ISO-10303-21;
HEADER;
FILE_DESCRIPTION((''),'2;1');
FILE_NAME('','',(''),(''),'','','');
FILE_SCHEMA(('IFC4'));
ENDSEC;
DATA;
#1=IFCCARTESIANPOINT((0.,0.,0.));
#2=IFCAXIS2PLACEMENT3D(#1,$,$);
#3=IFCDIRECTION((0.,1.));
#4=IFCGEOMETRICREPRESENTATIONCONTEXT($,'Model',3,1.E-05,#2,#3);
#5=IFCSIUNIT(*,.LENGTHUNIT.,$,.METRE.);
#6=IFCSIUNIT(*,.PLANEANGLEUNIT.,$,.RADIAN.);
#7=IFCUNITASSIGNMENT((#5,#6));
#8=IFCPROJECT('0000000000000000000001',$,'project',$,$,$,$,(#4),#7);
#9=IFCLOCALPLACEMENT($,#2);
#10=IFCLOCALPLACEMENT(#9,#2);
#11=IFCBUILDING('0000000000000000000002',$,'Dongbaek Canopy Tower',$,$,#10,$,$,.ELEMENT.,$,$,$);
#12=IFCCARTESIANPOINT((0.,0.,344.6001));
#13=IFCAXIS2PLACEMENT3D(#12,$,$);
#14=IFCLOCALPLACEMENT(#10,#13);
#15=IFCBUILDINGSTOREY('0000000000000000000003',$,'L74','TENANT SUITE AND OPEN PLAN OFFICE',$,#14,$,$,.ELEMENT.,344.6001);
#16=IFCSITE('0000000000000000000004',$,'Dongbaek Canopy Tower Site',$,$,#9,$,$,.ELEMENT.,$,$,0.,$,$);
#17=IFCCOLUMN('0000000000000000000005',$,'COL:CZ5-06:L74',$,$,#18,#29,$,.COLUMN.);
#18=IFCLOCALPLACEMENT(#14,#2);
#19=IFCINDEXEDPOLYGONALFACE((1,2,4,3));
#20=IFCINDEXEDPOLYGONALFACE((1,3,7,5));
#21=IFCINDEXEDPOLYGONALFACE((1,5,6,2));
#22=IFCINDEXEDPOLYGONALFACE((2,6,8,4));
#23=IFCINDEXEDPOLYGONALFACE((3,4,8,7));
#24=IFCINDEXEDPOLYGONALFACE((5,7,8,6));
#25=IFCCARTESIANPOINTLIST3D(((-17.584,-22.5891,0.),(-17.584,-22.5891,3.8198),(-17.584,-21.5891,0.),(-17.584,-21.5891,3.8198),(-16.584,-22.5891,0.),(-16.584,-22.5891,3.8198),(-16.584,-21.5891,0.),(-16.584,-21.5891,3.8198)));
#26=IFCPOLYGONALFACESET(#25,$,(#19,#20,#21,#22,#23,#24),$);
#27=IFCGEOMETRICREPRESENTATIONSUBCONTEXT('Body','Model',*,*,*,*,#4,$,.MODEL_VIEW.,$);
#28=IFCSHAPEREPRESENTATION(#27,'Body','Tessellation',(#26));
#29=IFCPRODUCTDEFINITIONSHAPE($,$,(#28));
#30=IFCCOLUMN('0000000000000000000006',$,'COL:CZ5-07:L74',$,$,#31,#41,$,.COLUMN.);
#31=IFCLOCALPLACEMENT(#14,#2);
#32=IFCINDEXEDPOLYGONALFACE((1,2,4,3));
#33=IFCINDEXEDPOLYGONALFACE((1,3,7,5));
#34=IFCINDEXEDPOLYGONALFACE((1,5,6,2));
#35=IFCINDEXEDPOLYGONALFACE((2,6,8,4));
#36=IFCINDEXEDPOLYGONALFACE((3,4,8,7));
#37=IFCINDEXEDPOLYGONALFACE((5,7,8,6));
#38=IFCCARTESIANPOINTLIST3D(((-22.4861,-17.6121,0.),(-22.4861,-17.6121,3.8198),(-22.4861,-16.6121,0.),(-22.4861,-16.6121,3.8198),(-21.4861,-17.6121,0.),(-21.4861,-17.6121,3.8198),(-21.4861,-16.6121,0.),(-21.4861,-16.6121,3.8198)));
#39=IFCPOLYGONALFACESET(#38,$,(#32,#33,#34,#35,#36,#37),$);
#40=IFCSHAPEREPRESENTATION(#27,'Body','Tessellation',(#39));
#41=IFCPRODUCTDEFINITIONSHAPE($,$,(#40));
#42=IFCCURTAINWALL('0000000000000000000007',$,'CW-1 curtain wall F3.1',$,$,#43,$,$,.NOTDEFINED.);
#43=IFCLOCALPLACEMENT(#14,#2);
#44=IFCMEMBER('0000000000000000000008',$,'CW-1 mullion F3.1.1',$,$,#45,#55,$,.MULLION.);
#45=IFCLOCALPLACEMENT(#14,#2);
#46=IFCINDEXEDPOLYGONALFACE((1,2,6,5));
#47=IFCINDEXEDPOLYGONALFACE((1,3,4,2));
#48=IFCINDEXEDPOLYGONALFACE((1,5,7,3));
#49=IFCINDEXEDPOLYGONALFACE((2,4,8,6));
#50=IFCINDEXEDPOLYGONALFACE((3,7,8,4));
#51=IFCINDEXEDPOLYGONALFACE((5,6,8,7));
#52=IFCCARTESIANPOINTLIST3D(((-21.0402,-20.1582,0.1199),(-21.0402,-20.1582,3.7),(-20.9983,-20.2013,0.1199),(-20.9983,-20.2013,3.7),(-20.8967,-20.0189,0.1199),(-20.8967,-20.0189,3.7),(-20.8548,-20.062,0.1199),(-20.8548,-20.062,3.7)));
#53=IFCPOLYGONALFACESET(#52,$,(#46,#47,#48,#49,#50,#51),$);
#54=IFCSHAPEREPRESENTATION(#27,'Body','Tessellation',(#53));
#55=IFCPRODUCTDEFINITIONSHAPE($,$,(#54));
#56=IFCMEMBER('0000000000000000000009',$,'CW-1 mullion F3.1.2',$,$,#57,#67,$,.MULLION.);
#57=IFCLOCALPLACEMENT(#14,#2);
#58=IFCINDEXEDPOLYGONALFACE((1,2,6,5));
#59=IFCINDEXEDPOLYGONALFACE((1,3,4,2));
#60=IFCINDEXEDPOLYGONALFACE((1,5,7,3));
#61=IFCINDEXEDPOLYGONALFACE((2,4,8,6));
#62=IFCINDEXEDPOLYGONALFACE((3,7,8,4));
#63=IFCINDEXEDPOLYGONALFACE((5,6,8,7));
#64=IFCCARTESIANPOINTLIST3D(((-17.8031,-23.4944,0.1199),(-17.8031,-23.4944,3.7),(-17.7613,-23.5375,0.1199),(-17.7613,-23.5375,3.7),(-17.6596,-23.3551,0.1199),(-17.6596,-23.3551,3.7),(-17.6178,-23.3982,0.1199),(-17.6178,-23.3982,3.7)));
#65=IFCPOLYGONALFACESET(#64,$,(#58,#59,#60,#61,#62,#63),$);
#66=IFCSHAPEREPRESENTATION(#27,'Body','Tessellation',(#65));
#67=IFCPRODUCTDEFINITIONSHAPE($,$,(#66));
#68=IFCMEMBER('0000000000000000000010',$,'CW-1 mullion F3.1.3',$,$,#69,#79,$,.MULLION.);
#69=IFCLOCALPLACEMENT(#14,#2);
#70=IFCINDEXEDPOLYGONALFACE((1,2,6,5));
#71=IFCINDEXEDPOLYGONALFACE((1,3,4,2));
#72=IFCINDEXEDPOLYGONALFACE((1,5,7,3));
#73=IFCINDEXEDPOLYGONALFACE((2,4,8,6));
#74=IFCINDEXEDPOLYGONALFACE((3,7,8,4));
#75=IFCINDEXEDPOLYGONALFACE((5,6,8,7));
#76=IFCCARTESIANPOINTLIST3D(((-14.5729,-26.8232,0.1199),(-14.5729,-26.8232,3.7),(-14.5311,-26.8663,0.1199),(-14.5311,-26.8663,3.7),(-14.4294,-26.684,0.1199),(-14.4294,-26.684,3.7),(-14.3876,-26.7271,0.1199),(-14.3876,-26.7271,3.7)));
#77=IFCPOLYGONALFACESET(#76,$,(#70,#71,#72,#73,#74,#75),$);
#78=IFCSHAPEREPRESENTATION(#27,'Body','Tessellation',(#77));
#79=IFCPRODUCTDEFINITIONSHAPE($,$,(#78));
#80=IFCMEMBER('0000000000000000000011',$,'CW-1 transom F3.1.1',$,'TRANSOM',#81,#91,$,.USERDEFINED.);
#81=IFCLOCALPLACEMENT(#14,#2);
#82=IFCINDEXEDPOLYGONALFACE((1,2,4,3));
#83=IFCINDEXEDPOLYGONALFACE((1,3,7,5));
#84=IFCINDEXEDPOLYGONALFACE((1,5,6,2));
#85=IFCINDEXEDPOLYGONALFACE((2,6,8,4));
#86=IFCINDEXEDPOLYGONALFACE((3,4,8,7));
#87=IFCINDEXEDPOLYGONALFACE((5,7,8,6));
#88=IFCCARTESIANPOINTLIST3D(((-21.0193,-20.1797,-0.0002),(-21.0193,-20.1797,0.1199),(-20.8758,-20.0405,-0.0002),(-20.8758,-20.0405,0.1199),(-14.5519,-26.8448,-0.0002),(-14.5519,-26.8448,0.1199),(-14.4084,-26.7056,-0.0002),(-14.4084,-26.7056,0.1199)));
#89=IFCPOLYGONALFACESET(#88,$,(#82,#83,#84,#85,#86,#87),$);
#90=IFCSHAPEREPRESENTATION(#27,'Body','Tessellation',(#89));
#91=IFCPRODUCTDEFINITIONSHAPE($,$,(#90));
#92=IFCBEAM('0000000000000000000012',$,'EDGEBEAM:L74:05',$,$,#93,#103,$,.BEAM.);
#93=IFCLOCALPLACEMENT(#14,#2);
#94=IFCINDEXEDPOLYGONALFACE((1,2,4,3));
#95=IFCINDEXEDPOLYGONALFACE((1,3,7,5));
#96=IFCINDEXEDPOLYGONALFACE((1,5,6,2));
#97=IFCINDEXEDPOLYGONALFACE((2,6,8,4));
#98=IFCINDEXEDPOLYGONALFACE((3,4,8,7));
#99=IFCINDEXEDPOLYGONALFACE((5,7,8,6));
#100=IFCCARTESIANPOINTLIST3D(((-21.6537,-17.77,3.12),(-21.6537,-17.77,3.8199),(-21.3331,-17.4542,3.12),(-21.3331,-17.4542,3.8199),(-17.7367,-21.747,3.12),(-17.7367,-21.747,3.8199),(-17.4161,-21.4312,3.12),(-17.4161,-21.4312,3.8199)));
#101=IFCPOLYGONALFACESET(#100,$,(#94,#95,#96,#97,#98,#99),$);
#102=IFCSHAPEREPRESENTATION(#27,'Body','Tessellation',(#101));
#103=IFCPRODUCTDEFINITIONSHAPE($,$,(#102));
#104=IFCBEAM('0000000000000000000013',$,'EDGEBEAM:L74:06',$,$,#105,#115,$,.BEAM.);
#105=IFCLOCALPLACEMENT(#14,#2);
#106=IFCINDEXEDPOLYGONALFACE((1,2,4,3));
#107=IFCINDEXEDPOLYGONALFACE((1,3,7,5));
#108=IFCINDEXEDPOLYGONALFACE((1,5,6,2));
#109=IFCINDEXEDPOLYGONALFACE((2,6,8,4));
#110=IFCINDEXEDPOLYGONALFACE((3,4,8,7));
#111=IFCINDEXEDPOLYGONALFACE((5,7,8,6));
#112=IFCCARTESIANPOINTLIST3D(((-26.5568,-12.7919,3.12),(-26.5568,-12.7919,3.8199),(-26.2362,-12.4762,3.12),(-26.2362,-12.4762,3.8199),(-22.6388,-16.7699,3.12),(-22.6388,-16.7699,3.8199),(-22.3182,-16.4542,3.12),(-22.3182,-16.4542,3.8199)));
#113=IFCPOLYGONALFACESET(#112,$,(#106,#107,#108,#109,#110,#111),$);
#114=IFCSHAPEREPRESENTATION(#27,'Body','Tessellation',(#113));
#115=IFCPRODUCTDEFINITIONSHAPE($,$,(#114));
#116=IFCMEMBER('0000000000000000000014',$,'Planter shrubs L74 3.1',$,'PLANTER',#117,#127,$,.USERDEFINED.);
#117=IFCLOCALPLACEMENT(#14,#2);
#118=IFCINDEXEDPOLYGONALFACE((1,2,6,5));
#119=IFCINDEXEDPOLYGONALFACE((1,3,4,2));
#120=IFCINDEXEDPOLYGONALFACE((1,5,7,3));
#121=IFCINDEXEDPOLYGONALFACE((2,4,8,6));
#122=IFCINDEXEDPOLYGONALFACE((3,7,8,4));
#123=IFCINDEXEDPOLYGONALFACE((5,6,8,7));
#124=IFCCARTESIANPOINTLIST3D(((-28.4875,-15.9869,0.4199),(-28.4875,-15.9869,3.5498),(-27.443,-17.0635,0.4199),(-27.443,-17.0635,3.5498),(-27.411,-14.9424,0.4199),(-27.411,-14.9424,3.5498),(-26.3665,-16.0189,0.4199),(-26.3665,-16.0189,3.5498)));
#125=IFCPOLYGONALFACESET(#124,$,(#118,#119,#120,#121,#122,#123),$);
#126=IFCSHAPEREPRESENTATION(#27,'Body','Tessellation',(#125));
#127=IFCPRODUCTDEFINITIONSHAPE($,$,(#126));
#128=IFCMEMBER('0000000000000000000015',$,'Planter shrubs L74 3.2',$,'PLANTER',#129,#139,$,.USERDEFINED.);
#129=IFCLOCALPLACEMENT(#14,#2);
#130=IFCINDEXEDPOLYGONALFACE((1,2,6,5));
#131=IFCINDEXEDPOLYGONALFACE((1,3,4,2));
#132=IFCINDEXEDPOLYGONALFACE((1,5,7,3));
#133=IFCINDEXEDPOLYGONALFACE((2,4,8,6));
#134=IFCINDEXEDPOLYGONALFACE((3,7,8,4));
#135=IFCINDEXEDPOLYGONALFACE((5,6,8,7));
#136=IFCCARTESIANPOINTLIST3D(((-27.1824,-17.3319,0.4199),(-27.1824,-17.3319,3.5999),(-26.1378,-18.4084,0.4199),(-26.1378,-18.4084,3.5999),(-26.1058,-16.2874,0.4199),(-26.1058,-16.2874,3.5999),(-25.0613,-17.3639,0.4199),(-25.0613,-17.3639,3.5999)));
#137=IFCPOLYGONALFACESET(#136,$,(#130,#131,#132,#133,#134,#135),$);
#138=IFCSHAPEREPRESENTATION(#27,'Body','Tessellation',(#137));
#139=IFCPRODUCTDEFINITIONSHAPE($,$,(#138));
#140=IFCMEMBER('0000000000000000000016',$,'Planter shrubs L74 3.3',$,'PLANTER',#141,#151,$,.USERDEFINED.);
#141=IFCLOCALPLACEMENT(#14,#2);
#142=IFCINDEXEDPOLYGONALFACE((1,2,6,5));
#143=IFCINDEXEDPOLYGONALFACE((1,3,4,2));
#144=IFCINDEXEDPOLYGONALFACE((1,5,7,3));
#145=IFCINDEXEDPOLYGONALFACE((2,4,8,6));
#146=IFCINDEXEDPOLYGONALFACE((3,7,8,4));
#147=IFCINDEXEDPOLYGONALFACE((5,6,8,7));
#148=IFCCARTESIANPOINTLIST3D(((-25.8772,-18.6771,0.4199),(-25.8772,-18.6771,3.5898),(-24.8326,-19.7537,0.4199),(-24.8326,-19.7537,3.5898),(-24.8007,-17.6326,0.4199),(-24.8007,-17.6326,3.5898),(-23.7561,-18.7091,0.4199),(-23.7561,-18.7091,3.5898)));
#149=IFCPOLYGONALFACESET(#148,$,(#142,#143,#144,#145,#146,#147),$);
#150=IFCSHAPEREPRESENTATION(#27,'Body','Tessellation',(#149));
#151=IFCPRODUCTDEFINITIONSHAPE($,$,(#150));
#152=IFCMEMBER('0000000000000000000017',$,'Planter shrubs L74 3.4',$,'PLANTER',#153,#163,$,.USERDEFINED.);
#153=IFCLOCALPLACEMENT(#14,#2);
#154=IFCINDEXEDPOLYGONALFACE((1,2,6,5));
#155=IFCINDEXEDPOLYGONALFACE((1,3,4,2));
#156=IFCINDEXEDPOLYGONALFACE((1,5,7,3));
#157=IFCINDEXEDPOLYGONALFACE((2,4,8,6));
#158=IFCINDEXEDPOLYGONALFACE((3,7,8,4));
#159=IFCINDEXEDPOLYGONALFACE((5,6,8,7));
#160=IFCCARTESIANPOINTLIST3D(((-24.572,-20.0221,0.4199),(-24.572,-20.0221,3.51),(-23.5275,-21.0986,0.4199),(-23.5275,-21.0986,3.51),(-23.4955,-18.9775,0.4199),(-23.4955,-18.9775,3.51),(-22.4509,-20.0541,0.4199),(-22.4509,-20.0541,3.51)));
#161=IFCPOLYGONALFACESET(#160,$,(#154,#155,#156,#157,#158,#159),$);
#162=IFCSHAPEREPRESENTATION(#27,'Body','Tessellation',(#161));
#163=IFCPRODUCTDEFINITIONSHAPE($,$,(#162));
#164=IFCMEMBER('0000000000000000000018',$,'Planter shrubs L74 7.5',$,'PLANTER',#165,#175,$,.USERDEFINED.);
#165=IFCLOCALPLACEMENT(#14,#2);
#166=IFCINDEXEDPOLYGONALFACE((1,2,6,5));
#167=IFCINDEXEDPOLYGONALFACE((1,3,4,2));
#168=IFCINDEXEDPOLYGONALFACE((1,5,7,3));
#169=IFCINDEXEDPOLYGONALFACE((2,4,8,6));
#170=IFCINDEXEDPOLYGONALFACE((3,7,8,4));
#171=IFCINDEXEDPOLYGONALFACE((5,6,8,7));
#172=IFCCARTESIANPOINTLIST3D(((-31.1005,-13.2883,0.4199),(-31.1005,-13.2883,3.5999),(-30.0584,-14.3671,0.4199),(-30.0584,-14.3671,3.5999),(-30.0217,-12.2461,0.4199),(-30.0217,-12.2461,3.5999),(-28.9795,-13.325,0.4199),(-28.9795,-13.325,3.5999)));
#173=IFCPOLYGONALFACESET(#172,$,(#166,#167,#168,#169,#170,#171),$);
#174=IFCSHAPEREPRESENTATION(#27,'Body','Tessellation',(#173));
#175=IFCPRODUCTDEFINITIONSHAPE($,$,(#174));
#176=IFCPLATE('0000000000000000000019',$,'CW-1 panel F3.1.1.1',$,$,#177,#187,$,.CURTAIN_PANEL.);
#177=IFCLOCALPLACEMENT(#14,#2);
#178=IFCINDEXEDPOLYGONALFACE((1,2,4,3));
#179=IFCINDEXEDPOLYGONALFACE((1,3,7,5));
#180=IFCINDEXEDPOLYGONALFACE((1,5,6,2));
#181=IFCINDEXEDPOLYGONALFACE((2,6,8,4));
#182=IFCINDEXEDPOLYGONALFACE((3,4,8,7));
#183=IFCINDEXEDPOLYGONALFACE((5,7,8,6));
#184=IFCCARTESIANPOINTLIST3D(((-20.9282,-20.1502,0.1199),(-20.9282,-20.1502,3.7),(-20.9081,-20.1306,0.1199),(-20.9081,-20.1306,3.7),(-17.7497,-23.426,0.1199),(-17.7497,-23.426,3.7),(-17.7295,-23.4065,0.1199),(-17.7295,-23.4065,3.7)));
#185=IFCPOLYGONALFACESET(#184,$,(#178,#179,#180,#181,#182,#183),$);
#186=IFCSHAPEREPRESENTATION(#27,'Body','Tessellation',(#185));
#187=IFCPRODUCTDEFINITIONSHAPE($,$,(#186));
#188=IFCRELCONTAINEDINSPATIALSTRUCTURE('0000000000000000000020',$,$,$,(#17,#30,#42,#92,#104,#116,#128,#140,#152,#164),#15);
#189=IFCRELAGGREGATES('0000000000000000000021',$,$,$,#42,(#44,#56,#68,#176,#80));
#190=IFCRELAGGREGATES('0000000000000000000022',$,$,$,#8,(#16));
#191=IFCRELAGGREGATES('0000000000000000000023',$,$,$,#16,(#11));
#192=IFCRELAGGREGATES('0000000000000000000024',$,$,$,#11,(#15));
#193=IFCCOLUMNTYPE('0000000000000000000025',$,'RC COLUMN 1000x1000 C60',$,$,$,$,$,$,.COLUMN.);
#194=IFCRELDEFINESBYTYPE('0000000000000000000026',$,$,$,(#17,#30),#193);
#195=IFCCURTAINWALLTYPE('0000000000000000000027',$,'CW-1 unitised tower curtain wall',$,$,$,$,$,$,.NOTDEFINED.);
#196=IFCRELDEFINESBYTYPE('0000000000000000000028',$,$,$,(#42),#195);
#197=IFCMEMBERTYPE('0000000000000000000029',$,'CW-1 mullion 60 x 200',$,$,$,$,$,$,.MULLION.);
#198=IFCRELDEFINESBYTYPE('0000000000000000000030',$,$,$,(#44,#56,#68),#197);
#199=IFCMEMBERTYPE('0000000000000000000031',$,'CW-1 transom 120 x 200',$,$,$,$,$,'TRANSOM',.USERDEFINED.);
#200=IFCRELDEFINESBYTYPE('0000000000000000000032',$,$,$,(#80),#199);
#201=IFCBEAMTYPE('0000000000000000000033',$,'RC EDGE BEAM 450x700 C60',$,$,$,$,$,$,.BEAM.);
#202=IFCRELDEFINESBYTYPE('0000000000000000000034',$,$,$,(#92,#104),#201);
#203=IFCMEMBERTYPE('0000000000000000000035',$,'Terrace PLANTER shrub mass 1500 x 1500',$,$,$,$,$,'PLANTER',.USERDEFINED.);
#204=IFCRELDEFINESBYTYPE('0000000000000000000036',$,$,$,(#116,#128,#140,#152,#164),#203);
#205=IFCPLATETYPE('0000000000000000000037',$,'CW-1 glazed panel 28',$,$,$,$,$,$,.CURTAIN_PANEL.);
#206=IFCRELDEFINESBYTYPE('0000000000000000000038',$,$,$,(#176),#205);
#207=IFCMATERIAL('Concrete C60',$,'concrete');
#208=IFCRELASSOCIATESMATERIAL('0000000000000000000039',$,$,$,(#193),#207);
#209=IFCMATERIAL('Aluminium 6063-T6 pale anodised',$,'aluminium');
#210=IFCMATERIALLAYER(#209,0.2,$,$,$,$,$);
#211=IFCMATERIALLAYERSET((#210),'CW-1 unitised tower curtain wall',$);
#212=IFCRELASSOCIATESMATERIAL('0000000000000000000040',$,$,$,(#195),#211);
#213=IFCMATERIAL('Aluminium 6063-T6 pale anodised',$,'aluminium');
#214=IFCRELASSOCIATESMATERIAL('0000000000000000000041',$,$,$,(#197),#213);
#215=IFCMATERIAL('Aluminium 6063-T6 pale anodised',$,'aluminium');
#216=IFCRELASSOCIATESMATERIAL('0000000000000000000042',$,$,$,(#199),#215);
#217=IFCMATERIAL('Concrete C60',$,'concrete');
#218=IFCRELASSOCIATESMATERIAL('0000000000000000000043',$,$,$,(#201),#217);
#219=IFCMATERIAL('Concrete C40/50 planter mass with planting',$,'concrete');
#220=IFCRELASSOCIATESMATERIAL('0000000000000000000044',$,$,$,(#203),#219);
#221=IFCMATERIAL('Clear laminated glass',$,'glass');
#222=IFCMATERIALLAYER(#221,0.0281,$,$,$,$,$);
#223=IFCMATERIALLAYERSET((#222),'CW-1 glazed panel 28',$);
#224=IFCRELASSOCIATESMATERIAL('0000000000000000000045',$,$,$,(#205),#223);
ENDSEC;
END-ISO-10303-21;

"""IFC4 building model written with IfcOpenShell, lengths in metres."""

from ifc_helpers import new_model, si_unit, direction, frame, origin, origin_2d, place, context, subcontext, project, spatial, rectangle, extrude, material, layer, layer_set, material_profile, profile_set, type_object, element, aggregate, save


model = new_model("IFC4")

# Units and contexts
model_context = context("Model", 3, precision=1e-05, world=origin(), true_north=direction((0.0, 1.0)))
body_context = subcontext(model_context, "Body", "Model", "MODEL_VIEW")
ifc_project = project(units=[si_unit("LENGTHUNIT", "METRE"), si_unit("PLANEANGLEUNIT", "RADIAN")], contexts=[model_context])

# Site, building, storey
site_placement = place(None, origin())
site = spatial("IfcSite", under=ifc_project, at=site_placement, Name="Dongbaek Canopy Tower Site", CompositionType="ELEMENT", RefElevation=0.0)
building_placement = place(site_placement, origin())
building = spatial("IfcBuilding", under=site, at=building_placement, Name="Dongbaek Canopy Tower", CompositionType="ELEMENT")
storey_placement = place(building_placement, frame((0.0, 0.0, 344.6001)))
storey = spatial("IfcBuildingStorey", under=building, at=storey_placement, Name="L74", Description="TENANT SUITE AND OPEN PLAN OFFICE", CompositionType="ELEMENT", Elevation=344.6001)

# Columns
ifc_material_1 = material(Name="Concrete C60", Category="concrete")
ifc_material_profile_1 = material_profile(ifc_material_1, rectangle(XDim=1.0, YDim=1.0, at=origin_2d()), Name="RC COLUMN 1000x1000 C60")
ifc_profile_set_1 = profile_set([ifc_material_profile_1], Name="Concrete C60")
column_type = type_object("IfcColumnType", Name="RC COLUMN 1000x1000 C60", PredefinedType="COLUMN", material=ifc_profile_set_1)
for number, where, z_axis, x_axis, name in (
    (1, (-17.084, -22.0891, 0.0), (0.0, 0.0, 1.0), (1.0, 0.0, 0.0), "COL:CZ5-06:L74"),
    (2, (-21.9861, -17.1121, 0.0), (0.0, 0.0, 1.0), (1.0, 0.0, 0.0), "COL:CZ5-07:L74"),
):
    element("IfcColumn", number, at=place(storey_placement, frame(where, z_axis=z_axis, x_axis=x_axis)), inside=storey, type_object=column_type, Name=name, PredefinedType="COLUMN", context=body_context, shape_type="SweptSolid", body=[
        extrude(rectangle(XDim=1.0, YDim=1.0, at=origin_2d()), origin(), (0.0, 0.0, 1.0), 3.8198),
    ])

# Curtain wall, members
ifc_material_2 = material(Name="Aluminium 6063-T6 pale anodised", Category="aluminium")
ifc_layer_1 = layer(ifc_material_2, 0.2)
ifc_layer_set_1 = layer_set([ifc_layer_1], Name="CW-1 unitised tower curtain wall")
curtain_wall_type = type_object("IfcCurtainWallType", Name="CW-1 unitised tower curtain wall", PredefinedType="NOTDEFINED", material=ifc_layer_set_1)
curtain_wall_placement = place(storey_placement, origin())
curtain_wall = element("IfcCurtainWall", 3, at=curtain_wall_placement, inside=storey, type_object=curtain_wall_type, Name="CW-1 curtain wall F3.1", PredefinedType="NOTDEFINED")
ifc_material_3 = material(Name="Aluminium 6063-T6 pale anodised", Category="aluminium")
ifc_material_profile_2 = material_profile(ifc_material_3, rectangle(XDim=0.2, YDim=0.0601, at=origin_2d()), Name="CW-1 mullion 60 x 200")
ifc_profile_set_2 = profile_set([ifc_material_profile_2], Name="Aluminium 6063-T6 pale anodised")
member_type_1 = type_object("IfcMemberType", Name="CW-1 mullion 60 x 200", PredefinedType="MULLION", material=ifc_profile_set_2)
member_1_placement = place(storey_placement, frame((-20.9475, -20.1101, 0.1199), z_axis=(0.0, 0.0, 1.0), x_axis=(-0.71768, -0.696373, 0.0)))
member_1 = element("IfcMember", 4, at=member_1_placement, type_object=member_type_1, Name="CW-1 mullion F3.1.1", PredefinedType="MULLION", context=body_context, shape_type="SweptSolid", body=[
    extrude(rectangle(XDim=0.2, YDim=0.0601, at=origin_2d()), origin(), (0.0, 0.0, 1.0), 3.5801),
])
member_2_placement = place(storey_placement, frame((-17.7104, -23.4463, 0.1199), z_axis=(0.0, 0.0, 1.0), x_axis=(-0.71768, -0.696373, 0.0)))
member_2 = element("IfcMember", 5, at=member_2_placement, type_object=member_type_1, Name="CW-1 mullion F3.1.2", PredefinedType="MULLION", context=body_context, shape_type="SweptSolid", body=[
    extrude(rectangle(XDim=0.2, YDim=0.0601, at=origin_2d()), origin(), (0.0, 0.0, 1.0), 3.5801),
])
member_3_placement = place(storey_placement, frame((-14.4802, -26.7751, 0.1199), z_axis=(0.0, 0.0, 1.0), x_axis=(-0.71768, -0.696373, 0.0)))
member_3 = element("IfcMember", 6, at=member_3_placement, type_object=member_type_1, Name="CW-1 mullion F3.1.3", PredefinedType="MULLION", context=body_context, shape_type="SweptSolid", body=[
    extrude(rectangle(XDim=0.2, YDim=0.0601, at=origin_2d()), origin(), (0.0, 0.0, 1.0), 3.5801),
])
ifc_material_4 = material(Name="Aluminium 6063-T6 pale anodised", Category="aluminium")
ifc_material_profile_3 = material_profile(ifc_material_4, rectangle(XDim=0.2, YDim=0.1201, at=origin_2d()), Name="CW-1 transom 120 x 200")
ifc_profile_set_3 = profile_set([ifc_material_profile_3], Name="Aluminium 6063-T6 pale anodised")
member_type_2 = type_object("IfcMemberType", Name="CW-1 transom 120 x 200", ElementType="TRANSOM", PredefinedType="USERDEFINED", material=ifc_profile_set_3)
member_4_placement = place(storey_placement, frame((-20.9475, -20.1101, 0.0598), z_axis=(0.69638, -0.717673, 0.0), x_axis=(0.717673, 0.69638, 0.0)))
member_4 = element("IfcMember", 7, at=member_4_placement, type_object=member_type_2, Name="CW-1 transom F3.1.1", ObjectType="TRANSOM", PredefinedType="USERDEFINED", context=body_context, shape_type="SweptSolid", body=[
    extrude(rectangle(XDim=0.2, YDim=0.1201, at=origin_2d()), origin(), (0.0, 0.0, 1.0), 9.2871),
])

# Beams
ifc_material_5 = material(Name="Concrete C60", Category="concrete")
ifc_material_profile_4 = material_profile(ifc_material_5, rectangle(XDim=0.45, YDim=0.7, at=origin_2d()), Name="RC EDGE BEAM 450x700 C60")
ifc_profile_set_4 = profile_set([ifc_material_profile_4], Name="Concrete C60")
beam_type = type_object("IfcBeamType", Name="RC EDGE BEAM 450x700 C60", PredefinedType="BEAM", material=ifc_profile_set_4)
beam_1_placement = place(storey_placement, frame((-17.5764, -21.5891, 3.47), z_axis=(-0.701707, 0.712466, 0.0), x_axis=(-0.712466, -0.701707, 0.0)))
element("IfcBeam", 8, at=beam_1_placement, inside=storey, type_object=beam_type, Name="EDGEBEAM:L74:05", PredefinedType="BEAM", context=body_context, shape_type="SweptSolid", body=[
    extrude(rectangle(XDim=0.45, YDim=0.7, at=origin_2d()), origin(), (0.0, 0.0, 1.0), 5.582),
])
beam_2_placement = place(storey_placement, frame((-22.4785, -16.6121, 3.47), z_axis=(-0.701708, 0.712465, 0.0), x_axis=(-0.712465, -0.701708, 0.0)))
element("IfcBeam", 9, at=beam_2_placement, inside=storey, type_object=beam_type, Name="EDGEBEAM:L74:06", PredefinedType="BEAM", context=body_context, shape_type="SweptSolid", body=[
    extrude(rectangle(XDim=0.45, YDim=0.7, at=origin_2d()), origin(), (0.0, 0.0, 1.0), 5.5835),
])

# Members
ifc_material_6 = material(Name="Concrete C40/50 planter mass with planting", Category="concrete")
ifc_material_profile_5 = material_profile(ifc_material_6, rectangle(XDim=1.5, YDim=1.5, at=origin_2d()), Name="Terrace PLANTER shrub mass 1500 x 1500")
ifc_profile_set_5 = profile_set([ifc_material_profile_5], Name="Concrete C40/50 planter mass with planting")
member_type_3 = type_object("IfcMemberType", Name="Terrace PLANTER shrub mass 1500 x 1500", ElementType="PLANTER", PredefinedType="USERDEFINED", material=ifc_profile_set_5)
member_5_placement = place(storey_placement, frame((-27.427, -16.0029, 0.4199), z_axis=(0.0, 0.0, 1.0), x_axis=(-0.71768, -0.696373, 0.0)))
element("IfcMember", 10, at=member_5_placement, inside=storey, type_object=member_type_3, Name="Planter shrubs L74 3.1", ObjectType="PLANTER", PredefinedType="USERDEFINED", context=body_context, shape_type="SweptSolid", body=[
    extrude(rectangle(XDim=1.5, YDim=1.5, at=origin_2d()), origin(), (0.0, 0.0, 1.0), 3.1299),
])
member_6_placement = place(storey_placement, frame((-26.1218, -17.3479, 0.4199), z_axis=(0.0, 0.0, 1.0), x_axis=(-0.71768, -0.696373, 0.0)))
element("IfcMember", 11, at=member_6_placement, inside=storey, type_object=member_type_3, Name="Planter shrubs L74 3.2", ObjectType="PLANTER", PredefinedType="USERDEFINED", context=body_context, shape_type="SweptSolid", body=[
    extrude(rectangle(XDim=1.5, YDim=1.5, at=origin_2d()), origin(), (0.0, 0.0, 1.0), 3.1799),
])
member_7_placement = place(storey_placement, frame((-24.8167, -18.6931, 0.4199), z_axis=(0.0, 0.0, 1.0), x_axis=(-0.71768, -0.696373, 0.0)))
element("IfcMember", 12, at=member_7_placement, inside=storey, type_object=member_type_3, Name="Planter shrubs L74 3.3", ObjectType="PLANTER", PredefinedType="USERDEFINED", context=body_context, shape_type="SweptSolid", body=[
    extrude(rectangle(XDim=1.5, YDim=1.5, at=origin_2d()), origin(), (0.0, 0.0, 1.0), 3.1699),
])
member_8_placement = place(storey_placement, frame((-23.5115, -20.0381, 0.4199), z_axis=(0.0, 0.0, 1.0), x_axis=(-0.71768, -0.696373, 0.0)))
element("IfcMember", 13, at=member_8_placement, inside=storey, type_object=member_type_3, Name="Planter shrubs L74 3.4", ObjectType="PLANTER", PredefinedType="USERDEFINED", context=body_context, shape_type="SweptSolid", body=[
    extrude(rectangle(XDim=1.5, YDim=1.5, at=origin_2d()), origin(), (0.0, 0.0, 1.0), 3.0901),
])
member_9_placement = place(storey_placement, frame((-30.04, -13.3066, 0.4199), z_axis=(0.0, 0.0, 1.0), x_axis=(-0.719255, -0.694746, 0.0)))
element("IfcMember", 14, at=member_9_placement, inside=storey, type_object=member_type_3, Name="Planter shrubs L74 7.5", ObjectType="PLANTER", PredefinedType="USERDEFINED", context=body_context, shape_type="SweptSolid", body=[
    extrude(rectangle(XDim=1.5, YDim=1.5, at=origin_2d()), origin(), (0.0, 0.0, 1.0), 3.1799),
])

# Plate
ifc_material_7 = material(Name="Clear laminated glass", Category="glass")
ifc_layer_2 = layer(ifc_material_7, 0.0281)
ifc_layer_set_2 = layer_set([ifc_layer_2], Name="CW-1 glazed panel 28")
plate_type = type_object("IfcPlateType", Name="CW-1 glazed panel 28", PredefinedType="CURTAIN_PANEL", material=ifc_layer_set_2)
plate_1_placement = place(storey_placement, frame((-19.3289, -21.7783, 0.1199), z_axis=(0.0, 0.0, 1.0), x_axis=(0.696373, -0.71768, 0.0)))
plate_1 = element("IfcPlate", 15, at=plate_1_placement, type_object=plate_type, Name="CW-1 panel F3.1.1.1", PredefinedType="CURTAIN_PANEL", context=body_context, shape_type="SweptSolid", body=[
    extrude(rectangle(XDim=4.5645, YDim=0.0281, at=origin_2d()), origin(), (0.0, 0.0, 1.0), 3.5801),
])

aggregate(curtain_wall, [member_1, member_2, member_3, plate_1, member_4])

save(model, "model.ifc")
